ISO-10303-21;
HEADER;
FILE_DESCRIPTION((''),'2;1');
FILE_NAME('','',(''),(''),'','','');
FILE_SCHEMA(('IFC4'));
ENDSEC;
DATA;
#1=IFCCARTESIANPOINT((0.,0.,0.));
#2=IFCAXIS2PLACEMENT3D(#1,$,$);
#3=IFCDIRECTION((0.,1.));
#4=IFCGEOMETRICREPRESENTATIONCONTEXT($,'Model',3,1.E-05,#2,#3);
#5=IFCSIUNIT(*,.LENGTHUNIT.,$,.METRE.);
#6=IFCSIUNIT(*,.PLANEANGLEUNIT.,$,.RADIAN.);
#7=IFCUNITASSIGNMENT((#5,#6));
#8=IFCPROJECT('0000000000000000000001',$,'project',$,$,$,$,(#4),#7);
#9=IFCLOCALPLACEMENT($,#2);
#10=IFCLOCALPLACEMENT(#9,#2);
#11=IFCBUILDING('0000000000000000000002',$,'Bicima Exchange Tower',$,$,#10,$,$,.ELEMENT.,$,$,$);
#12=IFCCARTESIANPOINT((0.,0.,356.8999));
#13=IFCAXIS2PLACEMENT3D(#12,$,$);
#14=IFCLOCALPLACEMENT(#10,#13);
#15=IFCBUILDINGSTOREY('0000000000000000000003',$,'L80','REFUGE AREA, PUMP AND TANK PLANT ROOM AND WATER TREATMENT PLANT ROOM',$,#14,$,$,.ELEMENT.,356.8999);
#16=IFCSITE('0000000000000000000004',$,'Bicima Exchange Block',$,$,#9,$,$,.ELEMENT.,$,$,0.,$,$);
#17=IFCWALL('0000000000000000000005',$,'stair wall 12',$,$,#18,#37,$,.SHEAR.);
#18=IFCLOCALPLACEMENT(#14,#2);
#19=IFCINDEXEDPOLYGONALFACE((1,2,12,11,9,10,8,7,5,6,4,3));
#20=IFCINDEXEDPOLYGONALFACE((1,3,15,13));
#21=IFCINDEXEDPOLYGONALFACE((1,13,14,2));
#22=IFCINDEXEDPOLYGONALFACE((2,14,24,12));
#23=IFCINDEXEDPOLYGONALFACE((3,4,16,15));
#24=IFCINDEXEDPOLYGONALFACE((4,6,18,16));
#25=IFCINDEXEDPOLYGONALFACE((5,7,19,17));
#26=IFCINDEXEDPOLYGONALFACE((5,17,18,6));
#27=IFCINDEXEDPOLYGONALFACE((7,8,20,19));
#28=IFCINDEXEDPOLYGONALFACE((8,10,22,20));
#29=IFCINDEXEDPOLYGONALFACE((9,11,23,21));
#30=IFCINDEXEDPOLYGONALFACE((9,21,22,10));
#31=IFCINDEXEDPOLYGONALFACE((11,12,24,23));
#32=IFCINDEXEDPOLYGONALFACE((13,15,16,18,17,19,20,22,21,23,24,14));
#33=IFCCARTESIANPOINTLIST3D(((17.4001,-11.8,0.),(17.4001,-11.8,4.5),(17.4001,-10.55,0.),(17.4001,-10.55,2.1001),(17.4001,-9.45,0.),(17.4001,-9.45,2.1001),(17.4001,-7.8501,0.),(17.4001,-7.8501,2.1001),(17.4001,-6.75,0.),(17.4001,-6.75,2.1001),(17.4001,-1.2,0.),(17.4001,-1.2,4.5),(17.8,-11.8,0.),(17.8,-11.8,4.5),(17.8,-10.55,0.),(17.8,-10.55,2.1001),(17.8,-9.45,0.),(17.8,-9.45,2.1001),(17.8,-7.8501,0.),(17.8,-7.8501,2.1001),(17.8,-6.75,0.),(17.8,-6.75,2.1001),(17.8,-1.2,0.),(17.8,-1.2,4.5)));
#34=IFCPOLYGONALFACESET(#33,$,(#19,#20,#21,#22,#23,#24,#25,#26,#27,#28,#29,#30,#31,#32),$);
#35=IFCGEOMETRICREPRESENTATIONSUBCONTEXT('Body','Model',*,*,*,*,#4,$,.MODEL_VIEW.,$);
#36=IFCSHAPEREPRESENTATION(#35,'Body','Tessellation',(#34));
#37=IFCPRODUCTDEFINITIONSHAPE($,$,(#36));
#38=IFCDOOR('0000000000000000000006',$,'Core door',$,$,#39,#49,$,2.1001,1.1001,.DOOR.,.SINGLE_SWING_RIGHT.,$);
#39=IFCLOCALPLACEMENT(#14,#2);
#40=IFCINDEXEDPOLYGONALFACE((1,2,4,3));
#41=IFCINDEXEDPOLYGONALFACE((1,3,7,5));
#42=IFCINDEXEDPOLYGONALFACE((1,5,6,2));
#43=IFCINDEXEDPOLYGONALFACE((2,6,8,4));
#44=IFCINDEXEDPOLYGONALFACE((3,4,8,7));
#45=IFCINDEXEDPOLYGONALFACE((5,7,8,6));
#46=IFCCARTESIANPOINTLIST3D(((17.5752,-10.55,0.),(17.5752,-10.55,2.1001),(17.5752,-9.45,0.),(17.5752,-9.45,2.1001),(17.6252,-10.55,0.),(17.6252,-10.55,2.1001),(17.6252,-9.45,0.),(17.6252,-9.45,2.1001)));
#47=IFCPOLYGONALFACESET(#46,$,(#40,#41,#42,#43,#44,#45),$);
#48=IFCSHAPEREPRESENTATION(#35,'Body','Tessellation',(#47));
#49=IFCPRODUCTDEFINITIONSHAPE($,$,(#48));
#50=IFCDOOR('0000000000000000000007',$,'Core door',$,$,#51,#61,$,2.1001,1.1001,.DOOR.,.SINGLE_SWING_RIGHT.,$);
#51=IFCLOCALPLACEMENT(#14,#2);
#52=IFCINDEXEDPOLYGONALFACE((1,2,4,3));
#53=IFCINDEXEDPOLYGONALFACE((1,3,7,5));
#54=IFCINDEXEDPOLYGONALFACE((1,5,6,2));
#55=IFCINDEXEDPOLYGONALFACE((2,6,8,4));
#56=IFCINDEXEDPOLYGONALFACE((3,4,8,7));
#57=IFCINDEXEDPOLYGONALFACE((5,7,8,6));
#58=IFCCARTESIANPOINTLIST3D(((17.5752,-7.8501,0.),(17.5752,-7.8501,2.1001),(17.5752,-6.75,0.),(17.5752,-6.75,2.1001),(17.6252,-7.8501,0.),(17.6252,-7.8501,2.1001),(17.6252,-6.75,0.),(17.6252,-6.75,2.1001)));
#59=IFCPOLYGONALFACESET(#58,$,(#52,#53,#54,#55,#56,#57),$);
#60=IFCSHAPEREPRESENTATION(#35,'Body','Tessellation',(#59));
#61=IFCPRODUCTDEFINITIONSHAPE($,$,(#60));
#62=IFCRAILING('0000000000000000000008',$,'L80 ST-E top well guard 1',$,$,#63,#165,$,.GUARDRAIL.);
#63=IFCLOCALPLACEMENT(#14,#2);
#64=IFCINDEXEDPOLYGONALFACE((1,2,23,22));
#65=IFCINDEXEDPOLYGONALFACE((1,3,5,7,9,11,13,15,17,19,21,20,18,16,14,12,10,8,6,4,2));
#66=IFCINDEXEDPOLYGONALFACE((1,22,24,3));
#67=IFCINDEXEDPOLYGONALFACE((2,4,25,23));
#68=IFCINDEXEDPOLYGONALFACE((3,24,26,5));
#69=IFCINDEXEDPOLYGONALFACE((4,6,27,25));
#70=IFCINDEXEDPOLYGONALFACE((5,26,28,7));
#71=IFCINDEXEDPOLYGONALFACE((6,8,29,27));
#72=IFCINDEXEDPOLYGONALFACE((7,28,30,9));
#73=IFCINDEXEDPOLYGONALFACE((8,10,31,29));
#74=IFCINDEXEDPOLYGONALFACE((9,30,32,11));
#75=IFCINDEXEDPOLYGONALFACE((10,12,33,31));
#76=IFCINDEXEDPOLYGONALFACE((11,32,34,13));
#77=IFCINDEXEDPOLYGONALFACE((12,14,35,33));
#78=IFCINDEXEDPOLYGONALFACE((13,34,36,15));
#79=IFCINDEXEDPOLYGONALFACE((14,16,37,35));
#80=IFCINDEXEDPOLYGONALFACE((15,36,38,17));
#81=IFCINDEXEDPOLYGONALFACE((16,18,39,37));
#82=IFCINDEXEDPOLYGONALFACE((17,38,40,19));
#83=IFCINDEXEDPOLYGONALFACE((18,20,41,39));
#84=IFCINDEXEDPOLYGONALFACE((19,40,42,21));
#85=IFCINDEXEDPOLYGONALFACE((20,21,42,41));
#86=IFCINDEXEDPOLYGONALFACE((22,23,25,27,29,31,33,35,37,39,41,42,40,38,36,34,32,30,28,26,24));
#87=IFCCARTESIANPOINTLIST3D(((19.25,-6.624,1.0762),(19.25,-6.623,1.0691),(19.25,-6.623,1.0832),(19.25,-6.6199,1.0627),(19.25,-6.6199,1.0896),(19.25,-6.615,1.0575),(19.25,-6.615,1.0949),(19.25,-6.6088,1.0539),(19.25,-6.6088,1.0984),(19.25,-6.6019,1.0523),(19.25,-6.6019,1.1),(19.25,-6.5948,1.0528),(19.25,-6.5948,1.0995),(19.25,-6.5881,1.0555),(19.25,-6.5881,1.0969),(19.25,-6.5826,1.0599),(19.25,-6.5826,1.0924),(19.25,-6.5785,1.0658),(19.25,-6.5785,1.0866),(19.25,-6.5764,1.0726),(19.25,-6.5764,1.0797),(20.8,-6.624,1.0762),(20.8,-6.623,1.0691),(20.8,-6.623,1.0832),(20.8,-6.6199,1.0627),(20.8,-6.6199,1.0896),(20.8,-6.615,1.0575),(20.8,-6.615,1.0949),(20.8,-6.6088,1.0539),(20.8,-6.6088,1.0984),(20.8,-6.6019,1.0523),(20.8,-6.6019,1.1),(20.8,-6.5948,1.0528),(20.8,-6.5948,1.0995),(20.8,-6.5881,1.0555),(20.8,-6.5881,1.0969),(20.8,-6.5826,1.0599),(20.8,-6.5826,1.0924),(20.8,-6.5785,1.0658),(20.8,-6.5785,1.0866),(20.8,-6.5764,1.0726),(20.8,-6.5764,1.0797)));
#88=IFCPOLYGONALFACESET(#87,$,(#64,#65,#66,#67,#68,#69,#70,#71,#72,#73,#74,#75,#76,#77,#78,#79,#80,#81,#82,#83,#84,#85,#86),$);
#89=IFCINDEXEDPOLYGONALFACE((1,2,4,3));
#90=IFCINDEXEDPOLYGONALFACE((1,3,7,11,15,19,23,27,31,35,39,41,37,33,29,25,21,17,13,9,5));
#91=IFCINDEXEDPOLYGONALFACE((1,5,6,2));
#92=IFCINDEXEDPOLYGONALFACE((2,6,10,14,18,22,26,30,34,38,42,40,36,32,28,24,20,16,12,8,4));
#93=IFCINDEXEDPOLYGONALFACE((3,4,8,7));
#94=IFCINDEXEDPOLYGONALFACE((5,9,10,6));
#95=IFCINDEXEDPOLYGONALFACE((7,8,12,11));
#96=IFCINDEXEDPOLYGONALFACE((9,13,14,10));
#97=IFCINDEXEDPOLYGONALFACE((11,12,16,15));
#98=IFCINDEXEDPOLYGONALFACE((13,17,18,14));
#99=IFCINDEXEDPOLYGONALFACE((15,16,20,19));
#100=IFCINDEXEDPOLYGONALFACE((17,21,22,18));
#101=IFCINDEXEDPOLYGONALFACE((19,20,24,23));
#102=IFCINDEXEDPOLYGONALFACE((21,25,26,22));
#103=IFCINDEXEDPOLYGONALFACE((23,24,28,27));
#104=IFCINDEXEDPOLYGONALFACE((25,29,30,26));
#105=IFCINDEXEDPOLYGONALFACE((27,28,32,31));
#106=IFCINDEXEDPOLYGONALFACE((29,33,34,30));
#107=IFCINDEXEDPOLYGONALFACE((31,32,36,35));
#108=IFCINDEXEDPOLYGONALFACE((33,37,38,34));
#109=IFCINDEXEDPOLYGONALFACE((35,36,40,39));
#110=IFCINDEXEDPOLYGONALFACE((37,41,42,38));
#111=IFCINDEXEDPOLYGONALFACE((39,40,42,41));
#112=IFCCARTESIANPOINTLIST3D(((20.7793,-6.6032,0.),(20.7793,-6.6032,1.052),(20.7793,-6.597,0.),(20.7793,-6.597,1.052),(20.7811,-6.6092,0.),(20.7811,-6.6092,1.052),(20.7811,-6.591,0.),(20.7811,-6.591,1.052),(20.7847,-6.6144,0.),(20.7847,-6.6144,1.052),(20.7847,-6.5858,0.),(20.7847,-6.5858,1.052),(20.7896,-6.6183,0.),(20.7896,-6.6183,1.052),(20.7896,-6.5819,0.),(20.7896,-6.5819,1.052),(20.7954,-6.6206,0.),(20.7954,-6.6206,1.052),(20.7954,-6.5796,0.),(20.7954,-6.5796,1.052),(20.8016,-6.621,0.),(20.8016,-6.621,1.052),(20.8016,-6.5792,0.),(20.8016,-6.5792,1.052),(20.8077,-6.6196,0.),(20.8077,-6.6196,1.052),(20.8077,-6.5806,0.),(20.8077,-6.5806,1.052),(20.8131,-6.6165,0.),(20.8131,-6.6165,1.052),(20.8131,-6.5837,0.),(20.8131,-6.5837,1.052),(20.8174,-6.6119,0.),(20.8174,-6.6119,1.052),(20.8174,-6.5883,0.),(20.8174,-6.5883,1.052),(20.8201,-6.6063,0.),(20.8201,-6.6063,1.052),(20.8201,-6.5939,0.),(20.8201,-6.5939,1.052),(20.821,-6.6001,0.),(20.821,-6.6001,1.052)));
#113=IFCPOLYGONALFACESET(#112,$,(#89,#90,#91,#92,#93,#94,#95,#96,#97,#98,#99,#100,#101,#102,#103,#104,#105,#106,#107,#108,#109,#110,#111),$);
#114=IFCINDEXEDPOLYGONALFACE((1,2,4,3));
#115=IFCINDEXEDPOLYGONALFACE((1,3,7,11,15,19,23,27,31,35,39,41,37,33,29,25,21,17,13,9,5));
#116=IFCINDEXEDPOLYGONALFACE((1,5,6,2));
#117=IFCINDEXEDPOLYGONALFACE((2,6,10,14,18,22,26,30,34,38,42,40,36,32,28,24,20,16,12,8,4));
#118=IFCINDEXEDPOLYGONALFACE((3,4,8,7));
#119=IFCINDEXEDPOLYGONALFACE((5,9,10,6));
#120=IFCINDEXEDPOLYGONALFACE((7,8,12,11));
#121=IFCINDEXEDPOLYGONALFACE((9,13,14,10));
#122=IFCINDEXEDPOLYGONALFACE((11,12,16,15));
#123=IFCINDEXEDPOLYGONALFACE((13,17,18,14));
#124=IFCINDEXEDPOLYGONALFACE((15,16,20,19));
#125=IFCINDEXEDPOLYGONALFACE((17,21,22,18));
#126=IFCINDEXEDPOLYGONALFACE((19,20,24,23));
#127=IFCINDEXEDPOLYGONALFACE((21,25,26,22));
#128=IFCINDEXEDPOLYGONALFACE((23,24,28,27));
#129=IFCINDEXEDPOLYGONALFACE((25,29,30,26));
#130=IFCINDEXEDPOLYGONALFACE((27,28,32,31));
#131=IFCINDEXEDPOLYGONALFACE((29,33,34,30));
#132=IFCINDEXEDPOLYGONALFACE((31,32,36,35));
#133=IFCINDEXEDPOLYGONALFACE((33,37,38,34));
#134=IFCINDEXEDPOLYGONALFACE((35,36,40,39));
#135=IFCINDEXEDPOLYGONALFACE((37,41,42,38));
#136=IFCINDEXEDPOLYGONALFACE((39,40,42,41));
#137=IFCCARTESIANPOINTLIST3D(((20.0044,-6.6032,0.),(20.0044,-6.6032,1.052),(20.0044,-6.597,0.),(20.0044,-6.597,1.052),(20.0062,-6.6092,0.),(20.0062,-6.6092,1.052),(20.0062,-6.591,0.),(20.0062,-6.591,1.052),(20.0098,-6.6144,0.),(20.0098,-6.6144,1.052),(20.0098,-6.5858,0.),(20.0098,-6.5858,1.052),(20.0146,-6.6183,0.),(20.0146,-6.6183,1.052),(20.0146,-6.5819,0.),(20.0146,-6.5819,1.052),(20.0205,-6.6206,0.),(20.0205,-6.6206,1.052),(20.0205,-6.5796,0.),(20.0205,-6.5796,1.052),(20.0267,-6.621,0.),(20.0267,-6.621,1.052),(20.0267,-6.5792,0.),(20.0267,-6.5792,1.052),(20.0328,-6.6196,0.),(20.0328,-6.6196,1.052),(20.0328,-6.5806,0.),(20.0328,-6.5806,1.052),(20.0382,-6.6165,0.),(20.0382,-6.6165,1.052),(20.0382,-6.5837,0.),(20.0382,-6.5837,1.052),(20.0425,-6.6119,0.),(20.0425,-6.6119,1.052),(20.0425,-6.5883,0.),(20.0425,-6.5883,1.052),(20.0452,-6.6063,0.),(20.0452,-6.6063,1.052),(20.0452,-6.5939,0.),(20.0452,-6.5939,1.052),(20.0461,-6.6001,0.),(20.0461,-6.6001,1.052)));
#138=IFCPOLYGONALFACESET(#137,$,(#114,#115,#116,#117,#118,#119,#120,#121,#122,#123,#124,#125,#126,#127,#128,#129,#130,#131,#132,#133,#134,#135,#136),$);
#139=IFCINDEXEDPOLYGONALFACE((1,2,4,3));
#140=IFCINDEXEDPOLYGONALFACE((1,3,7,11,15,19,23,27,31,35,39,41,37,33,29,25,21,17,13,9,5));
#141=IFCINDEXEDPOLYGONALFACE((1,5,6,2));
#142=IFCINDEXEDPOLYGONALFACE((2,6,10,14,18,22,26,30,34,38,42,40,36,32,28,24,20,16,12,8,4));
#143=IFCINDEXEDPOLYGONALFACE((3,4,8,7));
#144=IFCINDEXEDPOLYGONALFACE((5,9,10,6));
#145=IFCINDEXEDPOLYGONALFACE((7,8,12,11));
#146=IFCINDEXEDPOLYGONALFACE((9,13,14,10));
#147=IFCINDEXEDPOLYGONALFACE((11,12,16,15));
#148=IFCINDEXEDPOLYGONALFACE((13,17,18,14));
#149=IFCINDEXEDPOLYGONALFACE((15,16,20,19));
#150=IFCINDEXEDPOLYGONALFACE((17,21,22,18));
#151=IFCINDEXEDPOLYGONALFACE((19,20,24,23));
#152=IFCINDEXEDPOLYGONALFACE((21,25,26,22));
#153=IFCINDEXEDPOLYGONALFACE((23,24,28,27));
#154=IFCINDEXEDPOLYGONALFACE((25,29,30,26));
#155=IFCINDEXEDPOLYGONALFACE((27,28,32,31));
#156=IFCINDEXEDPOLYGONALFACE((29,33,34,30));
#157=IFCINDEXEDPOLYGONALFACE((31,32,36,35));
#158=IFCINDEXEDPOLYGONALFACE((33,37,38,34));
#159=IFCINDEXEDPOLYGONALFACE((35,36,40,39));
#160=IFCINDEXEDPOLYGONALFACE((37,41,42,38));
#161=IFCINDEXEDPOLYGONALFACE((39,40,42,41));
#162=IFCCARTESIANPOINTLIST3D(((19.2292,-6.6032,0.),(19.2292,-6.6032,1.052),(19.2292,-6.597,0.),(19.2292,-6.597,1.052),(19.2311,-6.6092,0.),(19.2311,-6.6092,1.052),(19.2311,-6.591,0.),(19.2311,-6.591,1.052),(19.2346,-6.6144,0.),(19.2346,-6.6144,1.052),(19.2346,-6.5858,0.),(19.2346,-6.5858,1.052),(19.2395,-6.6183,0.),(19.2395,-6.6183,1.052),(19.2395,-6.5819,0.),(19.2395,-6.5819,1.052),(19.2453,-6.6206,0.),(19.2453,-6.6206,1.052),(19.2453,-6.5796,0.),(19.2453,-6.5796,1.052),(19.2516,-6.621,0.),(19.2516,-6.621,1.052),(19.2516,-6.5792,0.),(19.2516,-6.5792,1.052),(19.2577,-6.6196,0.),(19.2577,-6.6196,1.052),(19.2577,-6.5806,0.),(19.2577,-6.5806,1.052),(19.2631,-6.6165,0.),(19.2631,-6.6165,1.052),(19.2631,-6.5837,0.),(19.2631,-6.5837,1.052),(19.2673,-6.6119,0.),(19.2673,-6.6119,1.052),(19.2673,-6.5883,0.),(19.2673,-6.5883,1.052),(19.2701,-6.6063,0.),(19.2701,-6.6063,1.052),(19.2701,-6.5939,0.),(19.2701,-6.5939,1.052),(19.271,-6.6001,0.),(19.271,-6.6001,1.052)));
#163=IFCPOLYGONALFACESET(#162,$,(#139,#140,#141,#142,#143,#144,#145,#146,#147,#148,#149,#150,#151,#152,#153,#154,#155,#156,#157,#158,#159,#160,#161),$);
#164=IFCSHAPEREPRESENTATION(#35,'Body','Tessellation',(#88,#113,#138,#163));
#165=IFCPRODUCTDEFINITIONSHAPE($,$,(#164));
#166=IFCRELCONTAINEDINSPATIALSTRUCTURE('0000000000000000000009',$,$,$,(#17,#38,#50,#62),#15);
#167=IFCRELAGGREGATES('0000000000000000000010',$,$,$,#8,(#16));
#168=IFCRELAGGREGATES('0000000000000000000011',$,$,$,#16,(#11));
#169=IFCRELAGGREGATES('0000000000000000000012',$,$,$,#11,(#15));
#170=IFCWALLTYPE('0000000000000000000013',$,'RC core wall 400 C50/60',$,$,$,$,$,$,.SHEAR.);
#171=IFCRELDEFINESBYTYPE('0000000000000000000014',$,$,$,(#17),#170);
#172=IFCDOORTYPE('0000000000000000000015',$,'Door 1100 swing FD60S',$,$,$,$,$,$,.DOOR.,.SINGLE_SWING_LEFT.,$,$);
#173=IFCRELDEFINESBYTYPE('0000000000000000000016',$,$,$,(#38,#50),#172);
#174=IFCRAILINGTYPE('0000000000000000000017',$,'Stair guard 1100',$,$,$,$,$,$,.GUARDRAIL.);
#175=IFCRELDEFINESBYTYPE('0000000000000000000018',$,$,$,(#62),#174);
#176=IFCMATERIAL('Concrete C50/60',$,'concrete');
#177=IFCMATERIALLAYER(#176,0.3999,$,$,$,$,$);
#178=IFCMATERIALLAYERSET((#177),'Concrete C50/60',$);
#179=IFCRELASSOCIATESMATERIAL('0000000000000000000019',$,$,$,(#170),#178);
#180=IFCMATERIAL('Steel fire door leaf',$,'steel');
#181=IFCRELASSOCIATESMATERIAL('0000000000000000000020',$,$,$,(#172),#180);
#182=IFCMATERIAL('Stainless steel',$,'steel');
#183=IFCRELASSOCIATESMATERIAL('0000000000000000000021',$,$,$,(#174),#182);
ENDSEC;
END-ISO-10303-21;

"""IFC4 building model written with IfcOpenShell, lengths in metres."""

from ifc_helpers import new_model, si_unit, direction, frame, frame_2d, origin, origin_2d, place, context, subcontext, project, spatial, rectangle, circle, extrude, material, layer, layer_set, type_object, element, fill, save


model = new_model("IFC4")

# Units and contexts
model_context = context("Model", 3, precision=1e-05, world=origin(), true_north=direction((0.0, 1.0)))
body_context = subcontext(model_context, "Body", "Model", "MODEL_VIEW")
ifc_project = project(units=[si_unit("LENGTHUNIT", "METRE"), si_unit("PLANEANGLEUNIT", "RADIAN")], contexts=[model_context])

# Site, building, storey
site_placement = place(None, origin())
site = spatial("IfcSite", under=ifc_project, at=site_placement, Name="Bicima Exchange Block", CompositionType="ELEMENT", RefElevation=0.0)
building_placement = place(site_placement, origin())
building = spatial("IfcBuilding", under=site, at=building_placement, Name="Bicima Exchange Tower", CompositionType="ELEMENT")
storey_placement = place(building_placement, frame((0.0, 0.0, 356.8999)))
storey = spatial("IfcBuildingStorey", under=building, at=storey_placement, Name="L80", Description="REFUGE AREA, PUMP AND TANK PLANT ROOM AND WATER TREATMENT PLANT ROOM", CompositionType="ELEMENT", Elevation=356.8999)

# Shared definitions
ifc_material_1 = material(Name="Steel fire door leaf", Category="steel")

# Shared definitions
ifc_material_2 = material(Name="Concrete C50/60", Category="concrete")
ifc_layer_1 = layer(ifc_material_2, 0.3999)
ifc_layer_set_1 = layer_set([ifc_layer_1], Name="Concrete C50/60")
wall_type_1 = type_object("IfcWallType", Name="RC core wall 400 C50/60", PredefinedType="SHEAR", material=ifc_layer_set_1)

# Wall, openings, doors
wall_1_placement = place(storey_placement, frame((17.6001, -11.8, 0.0), z_axis=(0.0, 0.0, 1.0), x_axis=(0.0, 1.0, 0.0)))
wall_1 = element("IfcWall", 1, at=wall_1_placement, inside=storey, type_object=wall_type_1, Name="stair wall 12", PredefinedType="SHEAR", context=body_context, shape_type="SweptSolid", body=[
    extrude(rectangle(XDim=10.6001, YDim=0.3999, at=frame_2d((5.3, 0.0))), origin(), (0.0, 0.0, 1.0), 4.5),
])
opening_1_placement = place(wall_1_placement, frame((1.25, 0.0, 0.0)))
opening_1 = element("IfcOpeningElement", 2, at=opening_1_placement, cuts=wall_1, PredefinedType="OPENING", context=body_context, shape_type="SweptSolid", body=[
    extrude(rectangle(XDim=1.1001, YDim=2.1001, at=frame_2d((0.55, 1.05))), frame((0.0, 0.2119, 0.0), z_axis=(0.0, -1.0, 0.0), x_axis=(1.0, 0.0, 0.0)), (0.0, 0.0, 1.0), 0.4238),
])
opening_2_placement = place(wall_1_placement, frame((3.95, 0.0, 0.0)))
opening_2 = element("IfcOpeningElement", 3, at=opening_2_placement, cuts=wall_1, PredefinedType="OPENING", context=body_context, shape_type="SweptSolid", body=[
    extrude(rectangle(XDim=1.1001, YDim=2.1001, at=frame_2d((0.55, 1.05))), frame((0.0, 0.2119, 0.0), z_axis=(0.0, -1.0, 0.0), x_axis=(1.0, 0.0, 0.0)), (0.0, 0.0, 1.0), 0.4238),
])
door_type_1 = type_object("IfcDoorType", Name="Door 1100 swing FD60S", OperationType="SINGLE_SWING_LEFT", PredefinedType="DOOR", material=ifc_material_1)
door_1_placement = place(opening_1_placement, origin())
door_1 = element("IfcDoor", 4, at=door_1_placement, inside=storey, type_object=door_type_1, Name="Core door", OperationType="SINGLE_SWING_RIGHT", OverallHeight=2.1001, OverallWidth=1.1001, PredefinedType="DOOR", context=body_context, shape_type="SweptSolid", body=[
    extrude(rectangle(XDim=1.1001, YDim=2.1001, at=frame_2d((0.55, 1.05))), frame((0.0, 0.0249, 0.0), z_axis=(0.0, -1.0, 0.0), x_axis=(1.0, 0.0, 0.0)), (0.0, 0.0, 1.0), 0.05),
])
fill(opening_1, door_1)
door_2_placement = place(opening_2_placement, origin())
door_2 = element("IfcDoor", 5, at=door_2_placement, inside=storey, type_object=door_type_1, Name="Core door", OperationType="SINGLE_SWING_RIGHT", OverallHeight=2.1001, OverallWidth=1.1001, PredefinedType="DOOR", context=body_context, shape_type="SweptSolid", body=[
    extrude(rectangle(XDim=1.1001, YDim=2.1001, at=frame_2d((0.55, 1.05))), frame((0.0, 0.0249, 0.0), z_axis=(0.0, -1.0, 0.0), x_axis=(1.0, 0.0, 0.0)), (0.0, 0.0, 1.0), 0.05),
])
fill(opening_2, door_2)

# Railing
ifc_material_3 = material(Name="Stainless steel", Category="steel")
railing_type = type_object("IfcRailingType", Name="Stair guard 1100", PredefinedType="GUARDRAIL", material=ifc_material_3)
railing_placement = place(storey_placement, frame((20.8, -6.6001, 0.0)))
element("IfcRailing", 6, at=railing_placement, inside=storey, type_object=railing_type, Name="L80 ST-E top well guard 1", PredefinedType="GUARDRAIL", context=body_context, shape_type="SweptSolid", body=[
    extrude(circle(Radius=0.0239, at=origin_2d()), frame((0.0, 0.0, 1.0762), z_axis=(-1.0, 0.0, 0.0), x_axis=(0.0, -1.0, 0.0)), (0.0, 0.0, 1.0), 1.55),
    extrude(circle(Radius=0.021, at=origin_2d()), origin(), (0.0, 0.0, 1.0), 1.052),
    extrude(circle(Radius=0.021, at=origin_2d()), frame((-0.7749, 0.0, 0.0)), (0.0, 0.0, 1.0), 1.052),
    extrude(circle(Radius=0.021, at=origin_2d()), frame((-1.55, 0.0, 0.0)), (0.0, 0.0, 1.0), 1.052),
])

save(model, "model.ifc")
